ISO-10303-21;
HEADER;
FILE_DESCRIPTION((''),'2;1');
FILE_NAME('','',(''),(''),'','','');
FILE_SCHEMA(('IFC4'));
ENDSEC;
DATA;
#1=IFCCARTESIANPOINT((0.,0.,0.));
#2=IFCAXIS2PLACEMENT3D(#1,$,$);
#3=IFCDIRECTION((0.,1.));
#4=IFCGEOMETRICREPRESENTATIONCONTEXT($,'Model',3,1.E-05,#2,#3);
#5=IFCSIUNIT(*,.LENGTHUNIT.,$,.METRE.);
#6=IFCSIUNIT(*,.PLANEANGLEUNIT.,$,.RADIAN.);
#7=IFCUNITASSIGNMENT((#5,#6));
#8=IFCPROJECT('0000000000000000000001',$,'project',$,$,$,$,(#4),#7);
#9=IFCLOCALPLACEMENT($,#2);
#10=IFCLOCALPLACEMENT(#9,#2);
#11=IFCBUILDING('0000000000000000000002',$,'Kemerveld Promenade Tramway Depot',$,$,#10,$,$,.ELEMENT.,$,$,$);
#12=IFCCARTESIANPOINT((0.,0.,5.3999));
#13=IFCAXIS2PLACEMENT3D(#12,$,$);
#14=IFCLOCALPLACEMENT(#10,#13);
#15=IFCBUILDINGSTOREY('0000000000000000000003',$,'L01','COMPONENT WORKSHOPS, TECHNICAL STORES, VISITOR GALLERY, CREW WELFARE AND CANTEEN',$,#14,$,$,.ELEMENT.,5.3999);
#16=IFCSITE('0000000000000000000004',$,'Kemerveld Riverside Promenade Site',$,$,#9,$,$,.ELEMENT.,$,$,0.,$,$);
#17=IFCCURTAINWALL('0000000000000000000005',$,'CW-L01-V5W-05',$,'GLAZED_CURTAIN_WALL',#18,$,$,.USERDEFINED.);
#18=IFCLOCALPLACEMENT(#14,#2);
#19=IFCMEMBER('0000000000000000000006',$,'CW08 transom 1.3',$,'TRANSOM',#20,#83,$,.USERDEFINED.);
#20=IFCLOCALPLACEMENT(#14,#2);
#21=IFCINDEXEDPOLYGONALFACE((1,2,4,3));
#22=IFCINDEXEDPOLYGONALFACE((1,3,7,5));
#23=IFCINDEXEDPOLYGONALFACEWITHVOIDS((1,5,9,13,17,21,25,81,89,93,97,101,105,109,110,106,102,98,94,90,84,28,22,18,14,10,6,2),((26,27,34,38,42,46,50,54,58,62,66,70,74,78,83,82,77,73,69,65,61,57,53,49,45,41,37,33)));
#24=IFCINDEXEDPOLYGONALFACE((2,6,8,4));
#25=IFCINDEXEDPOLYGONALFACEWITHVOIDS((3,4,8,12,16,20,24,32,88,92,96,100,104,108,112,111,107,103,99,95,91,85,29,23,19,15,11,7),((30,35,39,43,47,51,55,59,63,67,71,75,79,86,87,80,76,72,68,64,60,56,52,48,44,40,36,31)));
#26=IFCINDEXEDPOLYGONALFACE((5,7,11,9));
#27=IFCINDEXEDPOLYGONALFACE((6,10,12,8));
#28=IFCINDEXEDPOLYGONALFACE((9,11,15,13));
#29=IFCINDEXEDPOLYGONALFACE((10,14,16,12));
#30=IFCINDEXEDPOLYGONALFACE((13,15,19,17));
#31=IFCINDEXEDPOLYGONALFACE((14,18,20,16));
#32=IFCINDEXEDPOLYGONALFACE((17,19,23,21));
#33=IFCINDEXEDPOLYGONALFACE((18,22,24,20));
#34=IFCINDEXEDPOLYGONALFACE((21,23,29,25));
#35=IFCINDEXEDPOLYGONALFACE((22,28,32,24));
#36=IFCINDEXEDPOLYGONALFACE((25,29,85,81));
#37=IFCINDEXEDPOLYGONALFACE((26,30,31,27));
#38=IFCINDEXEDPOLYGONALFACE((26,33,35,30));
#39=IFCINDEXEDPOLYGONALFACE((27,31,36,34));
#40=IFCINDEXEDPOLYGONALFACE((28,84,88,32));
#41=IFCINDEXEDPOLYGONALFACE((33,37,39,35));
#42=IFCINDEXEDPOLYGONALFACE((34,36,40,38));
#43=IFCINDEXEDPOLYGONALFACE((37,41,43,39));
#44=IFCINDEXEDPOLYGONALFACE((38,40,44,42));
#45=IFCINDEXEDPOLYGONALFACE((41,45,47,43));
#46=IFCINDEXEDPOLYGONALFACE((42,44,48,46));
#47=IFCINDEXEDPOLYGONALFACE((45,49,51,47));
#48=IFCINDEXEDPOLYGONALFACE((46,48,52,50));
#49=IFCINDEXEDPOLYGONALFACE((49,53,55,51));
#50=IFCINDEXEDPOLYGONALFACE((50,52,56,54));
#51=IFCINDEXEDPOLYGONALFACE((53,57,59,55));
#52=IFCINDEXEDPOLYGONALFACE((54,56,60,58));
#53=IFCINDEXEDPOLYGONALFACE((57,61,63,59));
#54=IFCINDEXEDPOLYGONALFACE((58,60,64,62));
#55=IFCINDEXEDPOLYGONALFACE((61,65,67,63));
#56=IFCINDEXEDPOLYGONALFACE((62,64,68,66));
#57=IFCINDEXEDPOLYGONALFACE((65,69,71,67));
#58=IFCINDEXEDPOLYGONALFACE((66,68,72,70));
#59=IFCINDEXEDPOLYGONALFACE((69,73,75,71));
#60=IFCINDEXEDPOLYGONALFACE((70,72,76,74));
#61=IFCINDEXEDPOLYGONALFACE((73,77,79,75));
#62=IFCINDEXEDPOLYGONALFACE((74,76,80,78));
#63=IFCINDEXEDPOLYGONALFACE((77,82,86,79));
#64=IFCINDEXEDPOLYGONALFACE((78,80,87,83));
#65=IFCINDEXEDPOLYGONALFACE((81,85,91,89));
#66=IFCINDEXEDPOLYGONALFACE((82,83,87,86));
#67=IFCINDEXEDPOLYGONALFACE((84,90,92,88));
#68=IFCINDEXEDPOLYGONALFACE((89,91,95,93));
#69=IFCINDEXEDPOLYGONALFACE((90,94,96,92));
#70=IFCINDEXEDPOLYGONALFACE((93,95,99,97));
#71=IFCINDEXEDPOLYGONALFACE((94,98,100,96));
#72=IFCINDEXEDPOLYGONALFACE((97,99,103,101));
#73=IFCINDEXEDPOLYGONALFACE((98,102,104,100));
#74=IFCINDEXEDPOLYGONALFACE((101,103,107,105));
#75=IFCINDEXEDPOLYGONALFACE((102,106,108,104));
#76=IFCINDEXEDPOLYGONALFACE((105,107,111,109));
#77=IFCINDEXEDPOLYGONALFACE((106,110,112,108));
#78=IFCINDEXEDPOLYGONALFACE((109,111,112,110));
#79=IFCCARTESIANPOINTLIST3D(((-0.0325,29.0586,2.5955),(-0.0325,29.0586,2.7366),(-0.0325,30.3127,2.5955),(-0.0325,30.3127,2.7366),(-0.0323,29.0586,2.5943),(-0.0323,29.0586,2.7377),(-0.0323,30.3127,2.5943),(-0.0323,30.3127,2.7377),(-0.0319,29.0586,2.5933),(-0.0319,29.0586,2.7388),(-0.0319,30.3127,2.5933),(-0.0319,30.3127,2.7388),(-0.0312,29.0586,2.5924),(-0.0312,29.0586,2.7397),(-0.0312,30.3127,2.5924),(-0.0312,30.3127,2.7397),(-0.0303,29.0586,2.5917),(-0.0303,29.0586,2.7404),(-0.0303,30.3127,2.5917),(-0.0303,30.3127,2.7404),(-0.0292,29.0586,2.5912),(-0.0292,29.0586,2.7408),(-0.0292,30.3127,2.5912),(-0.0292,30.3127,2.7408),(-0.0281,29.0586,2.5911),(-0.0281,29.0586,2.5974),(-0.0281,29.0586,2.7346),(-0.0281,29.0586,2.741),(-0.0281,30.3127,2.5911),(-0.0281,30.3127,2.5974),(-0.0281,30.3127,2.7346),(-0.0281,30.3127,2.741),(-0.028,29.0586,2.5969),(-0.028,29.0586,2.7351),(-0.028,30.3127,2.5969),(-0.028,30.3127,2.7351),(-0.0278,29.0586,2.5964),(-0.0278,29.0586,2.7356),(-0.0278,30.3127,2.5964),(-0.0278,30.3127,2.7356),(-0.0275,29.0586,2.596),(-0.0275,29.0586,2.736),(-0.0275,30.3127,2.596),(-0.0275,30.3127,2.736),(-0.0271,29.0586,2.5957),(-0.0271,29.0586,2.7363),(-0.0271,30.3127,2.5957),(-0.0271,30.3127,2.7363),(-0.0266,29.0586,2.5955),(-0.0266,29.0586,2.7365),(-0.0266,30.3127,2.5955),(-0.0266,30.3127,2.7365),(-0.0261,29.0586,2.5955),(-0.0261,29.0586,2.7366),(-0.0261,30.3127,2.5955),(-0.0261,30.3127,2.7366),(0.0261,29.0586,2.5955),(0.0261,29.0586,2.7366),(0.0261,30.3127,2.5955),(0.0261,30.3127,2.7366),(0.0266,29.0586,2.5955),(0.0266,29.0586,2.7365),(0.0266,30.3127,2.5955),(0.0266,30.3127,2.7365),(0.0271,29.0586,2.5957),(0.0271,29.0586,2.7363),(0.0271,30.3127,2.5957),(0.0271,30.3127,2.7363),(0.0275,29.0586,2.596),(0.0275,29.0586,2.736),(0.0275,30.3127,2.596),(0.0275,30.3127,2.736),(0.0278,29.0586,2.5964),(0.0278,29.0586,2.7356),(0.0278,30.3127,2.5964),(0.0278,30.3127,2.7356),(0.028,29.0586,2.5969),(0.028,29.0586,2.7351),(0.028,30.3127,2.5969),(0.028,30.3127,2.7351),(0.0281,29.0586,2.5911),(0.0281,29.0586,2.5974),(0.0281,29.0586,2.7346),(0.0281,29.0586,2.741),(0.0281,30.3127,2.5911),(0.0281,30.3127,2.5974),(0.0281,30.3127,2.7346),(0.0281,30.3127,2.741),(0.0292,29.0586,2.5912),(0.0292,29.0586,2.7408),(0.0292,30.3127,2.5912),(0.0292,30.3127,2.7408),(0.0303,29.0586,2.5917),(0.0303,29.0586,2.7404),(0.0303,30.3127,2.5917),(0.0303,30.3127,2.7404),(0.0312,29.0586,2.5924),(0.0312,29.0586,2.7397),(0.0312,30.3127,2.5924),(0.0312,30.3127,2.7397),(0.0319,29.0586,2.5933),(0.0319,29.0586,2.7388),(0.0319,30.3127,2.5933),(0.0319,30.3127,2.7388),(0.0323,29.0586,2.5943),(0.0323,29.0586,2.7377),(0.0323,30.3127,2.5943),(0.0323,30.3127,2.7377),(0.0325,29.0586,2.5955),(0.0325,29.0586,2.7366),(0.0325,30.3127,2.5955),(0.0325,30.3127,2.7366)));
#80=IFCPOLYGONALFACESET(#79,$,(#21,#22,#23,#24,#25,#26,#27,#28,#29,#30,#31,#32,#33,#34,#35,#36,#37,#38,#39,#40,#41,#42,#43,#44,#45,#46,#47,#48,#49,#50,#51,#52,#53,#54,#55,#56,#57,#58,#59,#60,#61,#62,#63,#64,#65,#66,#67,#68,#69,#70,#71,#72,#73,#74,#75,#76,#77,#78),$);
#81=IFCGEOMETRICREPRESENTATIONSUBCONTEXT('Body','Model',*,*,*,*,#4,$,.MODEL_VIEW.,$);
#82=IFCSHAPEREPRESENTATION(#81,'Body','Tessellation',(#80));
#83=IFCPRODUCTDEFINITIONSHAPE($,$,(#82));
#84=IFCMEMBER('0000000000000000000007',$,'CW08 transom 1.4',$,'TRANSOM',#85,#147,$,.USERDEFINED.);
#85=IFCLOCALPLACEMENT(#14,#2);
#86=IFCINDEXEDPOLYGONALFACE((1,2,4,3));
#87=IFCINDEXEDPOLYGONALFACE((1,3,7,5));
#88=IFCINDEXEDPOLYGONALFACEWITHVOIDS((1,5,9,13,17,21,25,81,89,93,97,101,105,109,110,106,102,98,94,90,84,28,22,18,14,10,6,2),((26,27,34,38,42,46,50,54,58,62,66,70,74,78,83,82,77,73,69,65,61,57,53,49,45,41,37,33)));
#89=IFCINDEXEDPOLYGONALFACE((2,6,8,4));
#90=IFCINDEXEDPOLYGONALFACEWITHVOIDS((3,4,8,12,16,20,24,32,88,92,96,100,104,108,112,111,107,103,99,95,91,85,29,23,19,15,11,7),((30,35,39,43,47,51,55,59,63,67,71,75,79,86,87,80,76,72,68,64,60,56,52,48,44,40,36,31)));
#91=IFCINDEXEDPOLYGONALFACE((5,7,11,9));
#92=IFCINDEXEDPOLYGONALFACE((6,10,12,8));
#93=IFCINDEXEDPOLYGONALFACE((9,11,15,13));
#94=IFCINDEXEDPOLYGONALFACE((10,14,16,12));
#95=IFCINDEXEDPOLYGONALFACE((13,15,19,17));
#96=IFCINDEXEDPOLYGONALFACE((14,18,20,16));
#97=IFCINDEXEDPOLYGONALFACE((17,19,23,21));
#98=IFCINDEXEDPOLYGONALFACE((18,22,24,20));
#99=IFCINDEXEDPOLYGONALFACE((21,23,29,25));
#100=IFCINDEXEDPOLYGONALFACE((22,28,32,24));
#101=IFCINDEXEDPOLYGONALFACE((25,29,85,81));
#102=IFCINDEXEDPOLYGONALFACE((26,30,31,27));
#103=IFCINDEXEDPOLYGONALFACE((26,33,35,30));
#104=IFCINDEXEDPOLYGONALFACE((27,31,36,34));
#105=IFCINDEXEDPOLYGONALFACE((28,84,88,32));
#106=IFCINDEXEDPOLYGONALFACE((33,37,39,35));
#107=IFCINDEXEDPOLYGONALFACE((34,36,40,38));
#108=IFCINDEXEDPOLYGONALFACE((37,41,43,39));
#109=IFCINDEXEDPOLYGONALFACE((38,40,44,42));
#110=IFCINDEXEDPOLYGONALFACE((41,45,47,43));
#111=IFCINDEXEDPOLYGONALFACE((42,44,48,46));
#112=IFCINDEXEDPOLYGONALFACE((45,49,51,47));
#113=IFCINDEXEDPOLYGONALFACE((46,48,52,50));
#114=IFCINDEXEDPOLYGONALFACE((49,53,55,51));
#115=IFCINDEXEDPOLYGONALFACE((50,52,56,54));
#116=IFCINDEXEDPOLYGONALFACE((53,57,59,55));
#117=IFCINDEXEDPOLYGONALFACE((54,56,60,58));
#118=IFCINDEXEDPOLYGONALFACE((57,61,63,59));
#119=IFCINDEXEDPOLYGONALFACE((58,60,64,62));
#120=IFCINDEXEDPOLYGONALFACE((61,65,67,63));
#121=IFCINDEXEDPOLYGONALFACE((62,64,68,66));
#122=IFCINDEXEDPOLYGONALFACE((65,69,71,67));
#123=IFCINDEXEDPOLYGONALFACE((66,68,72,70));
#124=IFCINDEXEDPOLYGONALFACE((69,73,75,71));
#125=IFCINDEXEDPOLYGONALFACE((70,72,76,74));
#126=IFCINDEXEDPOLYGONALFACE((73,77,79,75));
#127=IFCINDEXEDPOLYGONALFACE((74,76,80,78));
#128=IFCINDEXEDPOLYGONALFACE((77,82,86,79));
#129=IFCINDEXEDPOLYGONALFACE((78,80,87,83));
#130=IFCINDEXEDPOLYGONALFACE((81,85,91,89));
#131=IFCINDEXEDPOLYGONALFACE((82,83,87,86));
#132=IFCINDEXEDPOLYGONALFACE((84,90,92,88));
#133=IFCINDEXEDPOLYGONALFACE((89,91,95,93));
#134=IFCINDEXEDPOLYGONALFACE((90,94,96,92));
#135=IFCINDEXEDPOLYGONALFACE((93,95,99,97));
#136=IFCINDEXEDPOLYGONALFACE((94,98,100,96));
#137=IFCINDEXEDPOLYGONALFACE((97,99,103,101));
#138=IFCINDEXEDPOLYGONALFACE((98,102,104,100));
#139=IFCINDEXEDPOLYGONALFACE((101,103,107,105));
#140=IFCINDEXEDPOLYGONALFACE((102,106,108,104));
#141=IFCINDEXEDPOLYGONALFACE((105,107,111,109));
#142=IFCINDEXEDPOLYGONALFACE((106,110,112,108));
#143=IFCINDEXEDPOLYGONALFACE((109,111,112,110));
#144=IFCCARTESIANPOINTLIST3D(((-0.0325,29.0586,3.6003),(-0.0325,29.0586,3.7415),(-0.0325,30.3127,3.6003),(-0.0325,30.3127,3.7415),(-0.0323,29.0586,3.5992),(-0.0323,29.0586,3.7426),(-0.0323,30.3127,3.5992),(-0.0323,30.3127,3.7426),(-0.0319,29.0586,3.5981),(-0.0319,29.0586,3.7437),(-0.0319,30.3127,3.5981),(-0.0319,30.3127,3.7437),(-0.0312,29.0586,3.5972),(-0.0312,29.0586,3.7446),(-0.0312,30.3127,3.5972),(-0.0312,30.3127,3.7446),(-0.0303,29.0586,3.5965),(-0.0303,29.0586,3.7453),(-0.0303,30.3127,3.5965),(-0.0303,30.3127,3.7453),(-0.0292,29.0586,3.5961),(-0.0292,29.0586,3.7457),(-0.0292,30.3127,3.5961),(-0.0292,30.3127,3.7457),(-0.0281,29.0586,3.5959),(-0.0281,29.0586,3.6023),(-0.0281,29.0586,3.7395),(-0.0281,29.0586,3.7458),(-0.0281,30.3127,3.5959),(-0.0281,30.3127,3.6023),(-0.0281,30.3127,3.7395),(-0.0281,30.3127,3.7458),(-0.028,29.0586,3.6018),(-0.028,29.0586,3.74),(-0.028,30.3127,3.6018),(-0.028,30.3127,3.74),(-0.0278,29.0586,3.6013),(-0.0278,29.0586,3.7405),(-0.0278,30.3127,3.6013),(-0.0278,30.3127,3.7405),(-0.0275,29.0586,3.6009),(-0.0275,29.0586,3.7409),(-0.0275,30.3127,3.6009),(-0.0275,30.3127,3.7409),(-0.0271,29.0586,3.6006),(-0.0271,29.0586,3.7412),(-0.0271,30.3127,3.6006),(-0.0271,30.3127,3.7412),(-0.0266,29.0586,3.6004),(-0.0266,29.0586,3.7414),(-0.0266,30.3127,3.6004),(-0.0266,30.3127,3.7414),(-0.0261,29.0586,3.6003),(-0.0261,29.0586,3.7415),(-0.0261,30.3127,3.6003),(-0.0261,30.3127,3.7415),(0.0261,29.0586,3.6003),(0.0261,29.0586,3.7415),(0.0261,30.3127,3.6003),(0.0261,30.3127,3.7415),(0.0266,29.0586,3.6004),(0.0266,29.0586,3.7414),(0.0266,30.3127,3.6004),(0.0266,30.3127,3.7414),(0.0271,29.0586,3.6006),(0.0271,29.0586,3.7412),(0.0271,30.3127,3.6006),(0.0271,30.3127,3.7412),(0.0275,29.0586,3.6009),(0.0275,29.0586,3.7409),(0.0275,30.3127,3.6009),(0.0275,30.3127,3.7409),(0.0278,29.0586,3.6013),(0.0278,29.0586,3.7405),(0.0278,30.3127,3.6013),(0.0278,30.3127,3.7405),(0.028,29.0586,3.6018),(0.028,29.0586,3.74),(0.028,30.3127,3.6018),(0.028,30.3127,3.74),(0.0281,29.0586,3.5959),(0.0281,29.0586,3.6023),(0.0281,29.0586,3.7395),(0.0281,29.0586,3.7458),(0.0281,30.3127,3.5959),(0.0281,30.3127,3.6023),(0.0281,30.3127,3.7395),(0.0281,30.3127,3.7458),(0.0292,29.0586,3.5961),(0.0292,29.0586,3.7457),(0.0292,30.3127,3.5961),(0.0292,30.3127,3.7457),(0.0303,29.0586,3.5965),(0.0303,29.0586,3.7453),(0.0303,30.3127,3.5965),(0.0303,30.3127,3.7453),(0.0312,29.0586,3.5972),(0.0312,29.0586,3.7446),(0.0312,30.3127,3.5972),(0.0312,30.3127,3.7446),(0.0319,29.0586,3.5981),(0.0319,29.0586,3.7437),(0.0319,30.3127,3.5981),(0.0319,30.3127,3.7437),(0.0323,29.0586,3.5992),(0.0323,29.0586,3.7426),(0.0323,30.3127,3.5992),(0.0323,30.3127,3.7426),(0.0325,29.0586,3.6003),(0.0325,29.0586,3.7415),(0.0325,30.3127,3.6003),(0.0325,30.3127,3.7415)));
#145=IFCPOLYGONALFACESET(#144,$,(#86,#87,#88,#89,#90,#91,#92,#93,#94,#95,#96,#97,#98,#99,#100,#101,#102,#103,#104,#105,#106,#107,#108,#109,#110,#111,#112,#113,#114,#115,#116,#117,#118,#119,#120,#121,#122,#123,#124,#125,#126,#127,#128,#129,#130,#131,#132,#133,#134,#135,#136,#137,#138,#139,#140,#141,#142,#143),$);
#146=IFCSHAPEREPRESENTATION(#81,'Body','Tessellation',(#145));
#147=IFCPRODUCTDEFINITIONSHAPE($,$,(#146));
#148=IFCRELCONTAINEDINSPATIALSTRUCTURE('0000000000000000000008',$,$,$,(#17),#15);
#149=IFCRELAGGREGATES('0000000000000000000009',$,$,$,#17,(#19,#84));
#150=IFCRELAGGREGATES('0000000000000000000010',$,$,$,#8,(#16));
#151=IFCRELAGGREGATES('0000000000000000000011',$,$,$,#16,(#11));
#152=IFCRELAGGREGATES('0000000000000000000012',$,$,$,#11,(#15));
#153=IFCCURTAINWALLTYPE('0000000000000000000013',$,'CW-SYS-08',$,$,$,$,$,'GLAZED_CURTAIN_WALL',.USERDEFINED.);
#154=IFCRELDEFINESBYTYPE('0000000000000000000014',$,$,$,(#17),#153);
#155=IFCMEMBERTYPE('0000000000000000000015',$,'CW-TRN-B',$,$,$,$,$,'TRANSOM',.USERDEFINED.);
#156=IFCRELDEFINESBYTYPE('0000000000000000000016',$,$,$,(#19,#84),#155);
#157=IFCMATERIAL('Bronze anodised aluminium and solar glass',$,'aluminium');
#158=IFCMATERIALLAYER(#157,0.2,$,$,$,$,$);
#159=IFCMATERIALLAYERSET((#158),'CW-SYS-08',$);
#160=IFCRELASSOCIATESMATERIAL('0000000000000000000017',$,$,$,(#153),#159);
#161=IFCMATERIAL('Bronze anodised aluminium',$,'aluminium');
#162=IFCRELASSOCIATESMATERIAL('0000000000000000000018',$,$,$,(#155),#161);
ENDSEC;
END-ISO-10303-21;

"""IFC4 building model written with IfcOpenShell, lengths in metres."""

from ifc_helpers import new_model, si_unit, direction, frame, origin, origin_2d, place, context, subcontext, project, spatial, hollow_rectangle, extrude, material, layer, layer_set, material_profile, profile_set, type_object, element, aggregate, save


model = new_model("IFC4")

# Units and contexts
model_context = context("Model", 3, precision=1e-05, world=origin(), true_north=direction((0.0, 1.0)))
body_context = subcontext(model_context, "Body", "Model", "MODEL_VIEW")
ifc_project = project(units=[si_unit("LENGTHUNIT", "METRE"), si_unit("PLANEANGLEUNIT", "RADIAN")], contexts=[model_context])

# Site, building, storey
site_placement = place(None, origin())
site = spatial("IfcSite", under=ifc_project, at=site_placement, Name="Kemerveld Riverside Promenade Site", CompositionType="ELEMENT", RefElevation=0.0)
building_placement = place(site_placement, origin())
building = spatial("IfcBuilding", under=site, at=building_placement, Name="Kemerveld Promenade Tramway Depot", CompositionType="ELEMENT")
storey_placement = place(building_placement, frame((0.0, 0.0, 5.3999)))
storey = spatial("IfcBuildingStorey", under=building, at=storey_placement, Name="L01", Description="COMPONENT WORKSHOPS, TECHNICAL STORES, VISITOR GALLERY, CREW WELFARE AND CANTEEN", CompositionType="ELEMENT", Elevation=5.3999)

# Curtain wall, members
ifc_material_1 = material(Name="Bronze anodised aluminium and solar glass", Category="aluminium")
ifc_layer_1 = layer(ifc_material_1, 0.2)
ifc_layer_set_1 = layer_set([ifc_layer_1], Name="CW-SYS-08")
curtain_wall_type = type_object("IfcCurtainWallType", Name="CW-SYS-08", ElementType="GLAZED_CURTAIN_WALL", PredefinedType="USERDEFINED", material=ifc_layer_set_1)
curtain_wall_placement = place(storey_placement, origin())
curtain_wall = element("IfcCurtainWall", 1, at=curtain_wall_placement, inside=storey, type_object=curtain_wall_type, Name="CW-L01-V5W-05", ObjectType="GLAZED_CURTAIN_WALL", PredefinedType="USERDEFINED")
ifc_material_2 = material(Name="Bronze anodised aluminium", Category="aluminium")
ifc_material_profile_1 = material_profile(ifc_material_2, hollow_rectangle(XDim=0.0649, YDim=0.1499, WallThickness=0.0044, InnerFilletRadius=0.002, OuterFilletRadius=0.0044, at=origin_2d()), Name="CW-TRN-150x65")
ifc_profile_set_1 = profile_set([ifc_material_profile_1], Name="Bronze anodised aluminium")
member_type_1 = type_object("IfcMemberType", Name="CW-TRN-B", ElementType="TRANSOM", PredefinedType="USERDEFINED", material=ifc_profile_set_1)
member_1_placement = place(storey_placement, frame((0.0, 29.0586, 2.666), z_axis=(0.0, 1.0, 0.0), x_axis=(-1.0, 0.0, 0.0)))
member_1 = element("IfcMember", 2, at=member_1_placement, type_object=member_type_1, Name="CW08 transom 1.3", ObjectType="TRANSOM", PredefinedType="USERDEFINED", context=body_context, shape_type="SweptSolid", body=[
    extrude(hollow_rectangle(XDim=0.0649, YDim=0.1499, WallThickness=0.0044, InnerFilletRadius=0.002, OuterFilletRadius=0.0044, at=origin_2d()), origin(), (0.0, 0.0, 1.0), 1.2542),
])
member_2_placement = place(storey_placement, frame((0.0, 29.0586, 3.6709), z_axis=(0.0, 1.0, 0.0), x_axis=(-1.0, 0.0, 0.0)))
member_2 = element("IfcMember", 3, at=member_2_placement, type_object=member_type_1, Name="CW08 transom 1.4", ObjectType="TRANSOM", PredefinedType="USERDEFINED", context=body_context, shape_type="SweptSolid", body=[
    extrude(hollow_rectangle(XDim=0.0649, YDim=0.1499, WallThickness=0.0044, InnerFilletRadius=0.002, OuterFilletRadius=0.0044, at=origin_2d()), origin(), (0.0, 0.0, 1.0), 1.2542),
])
aggregate(curtain_wall, [member_1, member_2])

save(model, "model.ifc")
